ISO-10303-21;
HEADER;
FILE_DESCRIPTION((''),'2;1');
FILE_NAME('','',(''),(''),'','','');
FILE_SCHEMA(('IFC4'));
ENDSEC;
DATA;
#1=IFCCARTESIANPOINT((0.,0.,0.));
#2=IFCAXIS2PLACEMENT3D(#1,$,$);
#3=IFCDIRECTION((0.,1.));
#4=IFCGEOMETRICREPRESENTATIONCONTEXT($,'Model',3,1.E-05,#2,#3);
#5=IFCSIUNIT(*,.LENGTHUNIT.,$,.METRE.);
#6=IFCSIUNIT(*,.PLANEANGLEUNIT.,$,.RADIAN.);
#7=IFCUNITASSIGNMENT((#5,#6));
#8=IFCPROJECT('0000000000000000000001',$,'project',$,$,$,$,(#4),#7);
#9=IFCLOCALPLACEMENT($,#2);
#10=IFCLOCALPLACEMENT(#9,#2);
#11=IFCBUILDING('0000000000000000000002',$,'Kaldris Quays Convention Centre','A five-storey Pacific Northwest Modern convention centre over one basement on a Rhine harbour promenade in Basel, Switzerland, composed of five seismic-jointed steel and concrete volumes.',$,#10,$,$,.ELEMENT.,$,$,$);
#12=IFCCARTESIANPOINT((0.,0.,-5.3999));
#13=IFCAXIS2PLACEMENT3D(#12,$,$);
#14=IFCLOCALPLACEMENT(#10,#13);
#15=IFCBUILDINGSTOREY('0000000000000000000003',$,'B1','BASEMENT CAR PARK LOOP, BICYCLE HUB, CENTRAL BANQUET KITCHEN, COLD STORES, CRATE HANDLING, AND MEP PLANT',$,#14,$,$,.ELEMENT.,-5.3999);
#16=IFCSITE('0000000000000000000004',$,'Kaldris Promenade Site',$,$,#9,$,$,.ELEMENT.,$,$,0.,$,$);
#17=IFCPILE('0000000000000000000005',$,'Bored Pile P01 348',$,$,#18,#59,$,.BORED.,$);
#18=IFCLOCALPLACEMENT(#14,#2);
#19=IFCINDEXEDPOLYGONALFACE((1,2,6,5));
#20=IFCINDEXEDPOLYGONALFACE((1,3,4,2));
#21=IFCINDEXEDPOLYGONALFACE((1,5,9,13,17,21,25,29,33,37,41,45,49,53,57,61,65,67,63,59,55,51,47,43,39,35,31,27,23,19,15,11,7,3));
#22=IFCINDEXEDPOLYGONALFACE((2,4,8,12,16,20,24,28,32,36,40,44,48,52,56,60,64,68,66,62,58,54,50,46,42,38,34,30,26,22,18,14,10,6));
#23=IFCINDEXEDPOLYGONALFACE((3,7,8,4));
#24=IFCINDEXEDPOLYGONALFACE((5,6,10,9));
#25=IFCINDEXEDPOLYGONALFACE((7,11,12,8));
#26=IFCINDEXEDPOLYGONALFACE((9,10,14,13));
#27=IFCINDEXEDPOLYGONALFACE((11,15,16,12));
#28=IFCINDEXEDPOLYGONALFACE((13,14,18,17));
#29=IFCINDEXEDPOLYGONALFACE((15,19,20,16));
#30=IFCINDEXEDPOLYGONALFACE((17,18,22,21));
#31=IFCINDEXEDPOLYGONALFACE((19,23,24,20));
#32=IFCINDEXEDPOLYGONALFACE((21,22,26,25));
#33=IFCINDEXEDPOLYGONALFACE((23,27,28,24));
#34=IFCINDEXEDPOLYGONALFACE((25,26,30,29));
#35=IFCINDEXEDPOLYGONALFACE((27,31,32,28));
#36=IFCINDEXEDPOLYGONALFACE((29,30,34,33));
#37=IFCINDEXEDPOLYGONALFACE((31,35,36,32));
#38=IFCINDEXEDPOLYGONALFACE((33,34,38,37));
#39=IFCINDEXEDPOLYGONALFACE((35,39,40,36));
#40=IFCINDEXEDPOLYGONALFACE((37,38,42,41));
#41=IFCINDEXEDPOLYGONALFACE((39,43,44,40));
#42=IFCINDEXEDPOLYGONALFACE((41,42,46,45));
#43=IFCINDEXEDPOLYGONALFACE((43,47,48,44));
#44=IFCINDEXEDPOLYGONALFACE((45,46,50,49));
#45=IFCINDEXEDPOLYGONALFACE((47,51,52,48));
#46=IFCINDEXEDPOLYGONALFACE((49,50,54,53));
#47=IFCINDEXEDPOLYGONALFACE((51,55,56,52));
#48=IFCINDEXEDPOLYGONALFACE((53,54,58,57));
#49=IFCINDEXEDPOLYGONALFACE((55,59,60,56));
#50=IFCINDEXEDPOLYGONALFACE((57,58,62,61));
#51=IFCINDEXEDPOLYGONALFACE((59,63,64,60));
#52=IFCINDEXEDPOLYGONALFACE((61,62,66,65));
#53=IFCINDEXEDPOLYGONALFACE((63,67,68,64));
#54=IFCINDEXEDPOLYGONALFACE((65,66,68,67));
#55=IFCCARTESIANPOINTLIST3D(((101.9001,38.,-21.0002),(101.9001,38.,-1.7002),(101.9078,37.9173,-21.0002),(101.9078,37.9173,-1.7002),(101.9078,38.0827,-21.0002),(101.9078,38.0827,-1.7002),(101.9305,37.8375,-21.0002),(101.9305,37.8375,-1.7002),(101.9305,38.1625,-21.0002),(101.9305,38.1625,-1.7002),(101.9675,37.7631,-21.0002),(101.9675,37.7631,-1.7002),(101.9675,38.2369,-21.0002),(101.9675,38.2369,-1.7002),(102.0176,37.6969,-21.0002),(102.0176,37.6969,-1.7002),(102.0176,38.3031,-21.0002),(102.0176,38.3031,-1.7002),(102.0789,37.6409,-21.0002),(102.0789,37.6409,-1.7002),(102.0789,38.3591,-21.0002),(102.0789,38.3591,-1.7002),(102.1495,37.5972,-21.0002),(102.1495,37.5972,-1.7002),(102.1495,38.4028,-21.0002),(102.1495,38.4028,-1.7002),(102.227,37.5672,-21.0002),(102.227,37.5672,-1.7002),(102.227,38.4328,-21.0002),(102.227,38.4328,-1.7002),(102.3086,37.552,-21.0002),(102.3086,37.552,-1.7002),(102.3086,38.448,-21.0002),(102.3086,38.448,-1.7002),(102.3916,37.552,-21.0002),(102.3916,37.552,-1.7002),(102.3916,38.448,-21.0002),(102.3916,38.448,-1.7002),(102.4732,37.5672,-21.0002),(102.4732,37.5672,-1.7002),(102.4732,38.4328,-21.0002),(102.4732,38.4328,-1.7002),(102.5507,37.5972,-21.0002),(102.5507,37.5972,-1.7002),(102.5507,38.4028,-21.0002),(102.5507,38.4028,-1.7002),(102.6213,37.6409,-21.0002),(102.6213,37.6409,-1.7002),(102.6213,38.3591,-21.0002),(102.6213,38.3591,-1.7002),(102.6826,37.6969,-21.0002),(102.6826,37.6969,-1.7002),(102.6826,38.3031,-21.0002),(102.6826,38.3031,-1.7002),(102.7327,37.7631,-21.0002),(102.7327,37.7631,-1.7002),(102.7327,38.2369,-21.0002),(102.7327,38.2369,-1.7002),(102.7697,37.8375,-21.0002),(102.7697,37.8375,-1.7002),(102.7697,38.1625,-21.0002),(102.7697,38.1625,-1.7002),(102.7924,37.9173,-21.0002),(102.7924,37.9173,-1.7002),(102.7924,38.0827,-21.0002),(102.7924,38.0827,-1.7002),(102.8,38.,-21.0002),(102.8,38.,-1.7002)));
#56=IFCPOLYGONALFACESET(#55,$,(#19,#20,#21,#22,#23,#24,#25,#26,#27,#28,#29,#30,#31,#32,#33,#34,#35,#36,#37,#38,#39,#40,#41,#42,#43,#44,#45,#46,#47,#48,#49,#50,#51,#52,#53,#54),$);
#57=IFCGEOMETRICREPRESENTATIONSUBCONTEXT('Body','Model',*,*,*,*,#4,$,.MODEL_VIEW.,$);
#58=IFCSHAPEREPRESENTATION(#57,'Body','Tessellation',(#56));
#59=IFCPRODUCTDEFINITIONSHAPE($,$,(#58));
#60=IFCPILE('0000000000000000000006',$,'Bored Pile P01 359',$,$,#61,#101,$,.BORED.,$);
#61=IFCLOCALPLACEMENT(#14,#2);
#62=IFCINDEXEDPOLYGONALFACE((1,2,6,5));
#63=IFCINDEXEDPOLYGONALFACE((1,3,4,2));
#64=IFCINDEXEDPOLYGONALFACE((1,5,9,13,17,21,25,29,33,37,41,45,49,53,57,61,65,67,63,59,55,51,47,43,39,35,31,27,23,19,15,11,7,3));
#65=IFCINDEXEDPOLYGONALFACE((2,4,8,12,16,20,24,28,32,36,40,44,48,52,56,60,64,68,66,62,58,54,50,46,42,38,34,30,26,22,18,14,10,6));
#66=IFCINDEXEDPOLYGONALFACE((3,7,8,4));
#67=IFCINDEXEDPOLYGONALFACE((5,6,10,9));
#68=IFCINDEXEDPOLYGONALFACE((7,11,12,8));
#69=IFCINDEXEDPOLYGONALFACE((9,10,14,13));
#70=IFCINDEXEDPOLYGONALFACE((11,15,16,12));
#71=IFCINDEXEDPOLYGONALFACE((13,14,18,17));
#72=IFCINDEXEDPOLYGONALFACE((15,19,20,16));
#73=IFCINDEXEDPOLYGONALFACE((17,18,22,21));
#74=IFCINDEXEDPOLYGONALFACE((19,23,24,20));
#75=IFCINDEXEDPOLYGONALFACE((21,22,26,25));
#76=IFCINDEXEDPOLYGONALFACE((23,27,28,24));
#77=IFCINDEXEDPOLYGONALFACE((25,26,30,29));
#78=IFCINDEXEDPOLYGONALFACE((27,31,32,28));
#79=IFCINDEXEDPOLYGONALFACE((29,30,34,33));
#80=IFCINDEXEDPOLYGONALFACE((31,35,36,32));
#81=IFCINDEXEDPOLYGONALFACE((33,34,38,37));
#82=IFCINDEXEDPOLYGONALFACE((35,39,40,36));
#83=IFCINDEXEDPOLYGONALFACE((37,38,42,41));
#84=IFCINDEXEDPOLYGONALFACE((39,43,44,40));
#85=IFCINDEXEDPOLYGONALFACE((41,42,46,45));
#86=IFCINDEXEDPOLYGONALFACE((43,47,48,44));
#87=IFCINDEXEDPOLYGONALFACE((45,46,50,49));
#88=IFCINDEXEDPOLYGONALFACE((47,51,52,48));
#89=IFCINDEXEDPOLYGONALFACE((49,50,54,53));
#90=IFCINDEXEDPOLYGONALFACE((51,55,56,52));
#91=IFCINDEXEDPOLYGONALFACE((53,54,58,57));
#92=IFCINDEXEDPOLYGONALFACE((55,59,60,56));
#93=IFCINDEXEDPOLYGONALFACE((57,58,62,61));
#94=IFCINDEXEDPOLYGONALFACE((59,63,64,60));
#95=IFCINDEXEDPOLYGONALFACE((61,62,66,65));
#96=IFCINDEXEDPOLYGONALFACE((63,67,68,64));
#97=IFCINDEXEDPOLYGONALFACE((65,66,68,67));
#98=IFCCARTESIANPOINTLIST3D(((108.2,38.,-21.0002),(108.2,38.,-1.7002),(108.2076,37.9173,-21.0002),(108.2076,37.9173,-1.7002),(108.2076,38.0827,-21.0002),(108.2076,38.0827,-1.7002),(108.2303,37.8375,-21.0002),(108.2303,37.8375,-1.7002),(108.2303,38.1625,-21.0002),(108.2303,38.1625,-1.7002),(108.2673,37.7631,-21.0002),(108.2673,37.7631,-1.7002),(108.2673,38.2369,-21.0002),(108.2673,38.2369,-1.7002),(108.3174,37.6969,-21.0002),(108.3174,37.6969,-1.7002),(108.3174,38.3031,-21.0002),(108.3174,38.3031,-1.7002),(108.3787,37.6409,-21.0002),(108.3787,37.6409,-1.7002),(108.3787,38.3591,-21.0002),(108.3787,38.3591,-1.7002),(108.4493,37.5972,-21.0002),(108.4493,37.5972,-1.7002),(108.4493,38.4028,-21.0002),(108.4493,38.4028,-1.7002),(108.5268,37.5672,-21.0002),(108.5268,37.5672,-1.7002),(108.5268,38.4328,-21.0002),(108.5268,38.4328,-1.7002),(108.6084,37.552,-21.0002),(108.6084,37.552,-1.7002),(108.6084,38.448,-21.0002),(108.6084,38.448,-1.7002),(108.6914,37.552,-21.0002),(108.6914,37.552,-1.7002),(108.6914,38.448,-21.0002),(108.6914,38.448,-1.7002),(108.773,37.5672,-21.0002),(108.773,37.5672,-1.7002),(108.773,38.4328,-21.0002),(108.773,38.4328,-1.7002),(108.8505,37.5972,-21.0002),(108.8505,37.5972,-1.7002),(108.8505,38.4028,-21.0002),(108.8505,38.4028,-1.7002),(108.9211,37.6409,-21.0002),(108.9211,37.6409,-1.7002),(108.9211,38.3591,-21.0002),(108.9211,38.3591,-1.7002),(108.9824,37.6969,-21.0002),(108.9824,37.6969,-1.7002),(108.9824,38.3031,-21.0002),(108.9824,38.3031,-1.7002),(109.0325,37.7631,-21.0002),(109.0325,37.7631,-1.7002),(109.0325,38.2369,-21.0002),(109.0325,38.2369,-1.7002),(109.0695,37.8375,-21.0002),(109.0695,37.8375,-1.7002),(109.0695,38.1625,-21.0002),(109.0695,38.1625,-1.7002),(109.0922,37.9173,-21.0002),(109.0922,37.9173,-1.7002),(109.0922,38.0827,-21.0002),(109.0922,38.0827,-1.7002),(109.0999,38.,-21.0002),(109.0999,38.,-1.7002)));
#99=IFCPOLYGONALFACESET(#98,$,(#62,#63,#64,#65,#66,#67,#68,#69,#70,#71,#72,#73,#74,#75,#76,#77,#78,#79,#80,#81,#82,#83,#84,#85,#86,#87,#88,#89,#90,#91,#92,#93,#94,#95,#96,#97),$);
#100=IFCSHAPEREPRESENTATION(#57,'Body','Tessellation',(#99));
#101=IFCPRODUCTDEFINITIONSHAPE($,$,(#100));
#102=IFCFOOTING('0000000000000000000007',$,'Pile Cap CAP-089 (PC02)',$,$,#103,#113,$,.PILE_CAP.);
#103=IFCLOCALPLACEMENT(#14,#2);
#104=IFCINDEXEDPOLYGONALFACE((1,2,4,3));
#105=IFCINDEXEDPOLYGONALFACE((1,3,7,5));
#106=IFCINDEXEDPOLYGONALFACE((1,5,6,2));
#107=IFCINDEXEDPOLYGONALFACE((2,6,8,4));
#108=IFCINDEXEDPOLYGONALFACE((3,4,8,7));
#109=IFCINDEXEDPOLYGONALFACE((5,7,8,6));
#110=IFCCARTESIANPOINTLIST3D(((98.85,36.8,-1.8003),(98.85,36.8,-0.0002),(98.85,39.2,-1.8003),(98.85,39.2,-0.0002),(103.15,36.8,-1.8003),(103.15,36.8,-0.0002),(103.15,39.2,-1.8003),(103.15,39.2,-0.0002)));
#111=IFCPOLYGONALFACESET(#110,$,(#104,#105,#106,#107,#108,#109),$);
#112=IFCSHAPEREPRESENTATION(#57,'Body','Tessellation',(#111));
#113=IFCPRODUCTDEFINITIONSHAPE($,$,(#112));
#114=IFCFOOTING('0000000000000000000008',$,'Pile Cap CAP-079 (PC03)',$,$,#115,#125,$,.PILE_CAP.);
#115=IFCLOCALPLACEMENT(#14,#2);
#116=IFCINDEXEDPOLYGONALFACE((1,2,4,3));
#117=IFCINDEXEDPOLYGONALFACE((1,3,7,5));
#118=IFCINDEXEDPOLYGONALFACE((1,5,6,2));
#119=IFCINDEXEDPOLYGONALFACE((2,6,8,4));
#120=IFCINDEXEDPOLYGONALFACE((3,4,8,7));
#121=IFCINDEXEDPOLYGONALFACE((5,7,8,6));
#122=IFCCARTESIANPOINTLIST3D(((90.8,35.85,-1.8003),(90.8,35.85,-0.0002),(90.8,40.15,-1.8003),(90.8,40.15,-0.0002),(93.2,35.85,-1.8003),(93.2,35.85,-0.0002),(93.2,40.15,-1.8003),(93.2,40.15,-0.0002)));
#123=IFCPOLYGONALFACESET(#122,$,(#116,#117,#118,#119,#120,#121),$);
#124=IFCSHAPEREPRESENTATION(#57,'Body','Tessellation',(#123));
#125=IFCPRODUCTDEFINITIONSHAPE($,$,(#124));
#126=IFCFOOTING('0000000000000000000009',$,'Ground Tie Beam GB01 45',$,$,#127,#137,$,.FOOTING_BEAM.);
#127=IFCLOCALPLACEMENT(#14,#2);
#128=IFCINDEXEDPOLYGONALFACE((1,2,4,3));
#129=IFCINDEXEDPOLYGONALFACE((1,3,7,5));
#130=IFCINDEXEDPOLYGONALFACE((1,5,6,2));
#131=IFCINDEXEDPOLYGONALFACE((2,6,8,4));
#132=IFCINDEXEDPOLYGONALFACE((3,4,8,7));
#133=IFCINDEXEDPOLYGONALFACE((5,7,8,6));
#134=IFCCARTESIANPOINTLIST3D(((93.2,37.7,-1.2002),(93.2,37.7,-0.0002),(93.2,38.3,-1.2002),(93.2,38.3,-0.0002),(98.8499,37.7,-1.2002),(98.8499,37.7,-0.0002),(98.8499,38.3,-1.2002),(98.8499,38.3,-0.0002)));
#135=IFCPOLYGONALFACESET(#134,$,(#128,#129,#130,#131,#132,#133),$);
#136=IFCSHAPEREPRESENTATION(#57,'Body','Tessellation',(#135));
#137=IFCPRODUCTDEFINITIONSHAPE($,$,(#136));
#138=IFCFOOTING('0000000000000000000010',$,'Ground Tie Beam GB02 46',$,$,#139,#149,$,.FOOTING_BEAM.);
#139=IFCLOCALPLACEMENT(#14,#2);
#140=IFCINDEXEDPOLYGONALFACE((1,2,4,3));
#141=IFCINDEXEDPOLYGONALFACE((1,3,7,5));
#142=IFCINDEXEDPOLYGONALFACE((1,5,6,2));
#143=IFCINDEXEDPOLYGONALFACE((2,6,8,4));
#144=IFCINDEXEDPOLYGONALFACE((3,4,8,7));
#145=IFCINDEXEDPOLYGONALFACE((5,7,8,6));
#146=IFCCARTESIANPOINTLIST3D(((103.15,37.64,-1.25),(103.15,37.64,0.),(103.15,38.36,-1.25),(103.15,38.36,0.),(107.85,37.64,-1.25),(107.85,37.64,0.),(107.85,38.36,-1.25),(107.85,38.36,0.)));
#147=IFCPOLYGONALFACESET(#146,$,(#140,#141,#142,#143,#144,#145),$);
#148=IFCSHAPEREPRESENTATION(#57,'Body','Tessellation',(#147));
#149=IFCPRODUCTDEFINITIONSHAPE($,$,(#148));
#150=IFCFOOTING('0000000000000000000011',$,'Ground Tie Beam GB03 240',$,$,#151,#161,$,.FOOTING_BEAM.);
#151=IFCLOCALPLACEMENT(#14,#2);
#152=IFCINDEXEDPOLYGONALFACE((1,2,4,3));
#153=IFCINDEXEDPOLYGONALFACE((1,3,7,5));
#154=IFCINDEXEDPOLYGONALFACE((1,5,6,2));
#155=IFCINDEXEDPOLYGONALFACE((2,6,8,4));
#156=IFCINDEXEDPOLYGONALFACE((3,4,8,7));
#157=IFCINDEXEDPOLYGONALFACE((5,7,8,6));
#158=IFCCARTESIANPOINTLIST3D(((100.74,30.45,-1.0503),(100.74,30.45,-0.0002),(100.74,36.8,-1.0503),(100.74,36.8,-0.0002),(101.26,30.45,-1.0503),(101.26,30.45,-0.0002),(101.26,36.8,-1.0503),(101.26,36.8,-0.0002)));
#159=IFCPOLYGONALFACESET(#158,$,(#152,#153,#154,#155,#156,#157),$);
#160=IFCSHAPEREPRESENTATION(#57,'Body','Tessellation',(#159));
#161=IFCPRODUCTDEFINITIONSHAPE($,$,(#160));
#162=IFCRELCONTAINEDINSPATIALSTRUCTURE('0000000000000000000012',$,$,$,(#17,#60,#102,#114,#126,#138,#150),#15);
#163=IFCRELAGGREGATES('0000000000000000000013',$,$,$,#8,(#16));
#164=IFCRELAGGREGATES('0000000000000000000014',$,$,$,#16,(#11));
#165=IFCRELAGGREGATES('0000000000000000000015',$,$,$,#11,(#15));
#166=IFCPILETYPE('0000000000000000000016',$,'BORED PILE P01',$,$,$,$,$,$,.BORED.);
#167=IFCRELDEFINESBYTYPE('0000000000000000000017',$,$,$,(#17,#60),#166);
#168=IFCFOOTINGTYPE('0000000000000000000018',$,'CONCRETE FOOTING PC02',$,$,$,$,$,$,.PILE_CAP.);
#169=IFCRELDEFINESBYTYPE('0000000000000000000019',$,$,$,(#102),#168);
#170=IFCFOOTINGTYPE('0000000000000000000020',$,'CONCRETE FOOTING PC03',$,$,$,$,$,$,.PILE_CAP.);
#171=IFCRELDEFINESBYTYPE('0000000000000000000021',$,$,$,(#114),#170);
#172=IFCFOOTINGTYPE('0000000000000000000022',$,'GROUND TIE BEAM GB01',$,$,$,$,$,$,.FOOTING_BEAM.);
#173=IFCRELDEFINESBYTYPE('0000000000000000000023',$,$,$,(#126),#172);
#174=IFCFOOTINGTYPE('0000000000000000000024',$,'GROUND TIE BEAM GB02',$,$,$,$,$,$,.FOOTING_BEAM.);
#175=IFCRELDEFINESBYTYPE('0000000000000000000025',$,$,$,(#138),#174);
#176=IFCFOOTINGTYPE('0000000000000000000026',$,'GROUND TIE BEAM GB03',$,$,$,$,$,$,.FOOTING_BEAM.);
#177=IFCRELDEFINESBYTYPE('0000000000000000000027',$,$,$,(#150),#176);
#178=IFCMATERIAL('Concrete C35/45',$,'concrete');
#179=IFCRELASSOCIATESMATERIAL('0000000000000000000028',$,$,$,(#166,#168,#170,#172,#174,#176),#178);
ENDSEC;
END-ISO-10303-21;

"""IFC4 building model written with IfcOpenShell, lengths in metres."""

from ifc_helpers import new_model, si_unit, direction, frame, origin, origin_2d, place, context, subcontext, project, spatial, rectangle, circle, extrude, material, material_profile, profile_set, type_object, element, save


model = new_model("IFC4")

# Units and contexts
model_context = context("Model", 3, precision=1e-05, world=origin(), true_north=direction((0.0, 1.0)))
body_context = subcontext(model_context, "Body", "Model", "MODEL_VIEW")
ifc_project = project(units=[si_unit("LENGTHUNIT", "METRE"), si_unit("PLANEANGLEUNIT", "RADIAN")], contexts=[model_context])

# Site, building, storey
site_placement = place(None, origin())
site = spatial("IfcSite", under=ifc_project, at=site_placement, Name="Kaldris Promenade Site", CompositionType="ELEMENT", RefElevation=0.0)
building_placement = place(site_placement, origin())
building = spatial("IfcBuilding", under=site, at=building_placement, Name="Kaldris Quays Convention Centre", Description="A five-storey Pacific Northwest Modern convention centre over one basement on a Rhine harbour promenade in Basel, Switzerland, composed of five seismic-jointed steel and concrete volumes.", CompositionType="ELEMENT")
storey_placement = place(building_placement, frame((0.0, 0.0, -5.3999)))
storey = spatial("IfcBuildingStorey", under=building, at=storey_placement, Name="B1", Description="BASEMENT CAR PARK LOOP, BICYCLE HUB, CENTRAL BANQUET KITCHEN, COLD STORES, CRATE HANDLING, AND MEP PLANT", CompositionType="ELEMENT", Elevation=-5.3999)

# Piles
ifc_material_1 = material(Name="Concrete C35/45", Category="concrete")
ifc_material_profile_1 = material_profile(ifc_material_1, circle(Radius=0.45, at=origin_2d()), Name="BORED PILE D900")
ifc_profile_set_1 = profile_set([ifc_material_profile_1], Name="Concrete C35/45")
pile_type = type_object("IfcPileType", Name="BORED PILE P01", PredefinedType="BORED", material=ifc_profile_set_1)
for number, where, z_axis, x_axis, name in (
    (1, (102.3501, 38.0, -1.7002), (0.0, 0.0, -1.0), (1.0, 0.0, 0.0), "Bored Pile P01 348"),
    (2, (108.6499, 38.0, -1.7002), (0.0, 0.0, -1.0), (1.0, 0.0, 0.0), "Bored Pile P01 359"),
):
    element("IfcPile", number, at=place(storey_placement, frame(where, z_axis=z_axis, x_axis=x_axis)), inside=storey, type_object=pile_type, Name=name, PredefinedType="BORED", context=body_context, shape_type="SweptSolid", body=[
        extrude(circle(Radius=0.45, at=origin_2d()), origin(), (0.0, 0.0, 1.0), 19.3),
    ])

# Footings
footing_type_1 = type_object("IfcFootingType", Name="CONCRETE FOOTING PC02", PredefinedType="PILE_CAP", material=ifc_material_1)
footing_1_placement = place(storey_placement, frame((101.0, 38.0, -1.8003), z_axis=(0.0, 0.0, 1.0), x_axis=(1.0, 0.0, 0.0)))
element("IfcFooting", 3, at=footing_1_placement, inside=storey, type_object=footing_type_1, Name="Pile Cap CAP-089 (PC02)", PredefinedType="PILE_CAP", context=body_context, shape_type="SweptSolid", body=[
    extrude(rectangle(XDim=4.3, YDim=2.3999, at=origin_2d()), origin(), (0.0, 0.0, 1.0), 1.8),
])
footing_type_2 = type_object("IfcFootingType", Name="CONCRETE FOOTING PC03", PredefinedType="PILE_CAP", material=ifc_material_1)
footing_2_placement = place(storey_placement, frame((92.0, 38.0, -1.8003), z_axis=(0.0, 0.0, 1.0), x_axis=(1.0, 0.0, 0.0)))
element("IfcFooting", 4, at=footing_2_placement, inside=storey, type_object=footing_type_2, Name="Pile Cap CAP-079 (PC03)", PredefinedType="PILE_CAP", context=body_context, shape_type="SweptSolid", body=[
    extrude(rectangle(XDim=2.3999, YDim=4.3, at=origin_2d()), origin(), (0.0, 0.0, 1.0), 1.8),
])
footing_type_3 = type_object("IfcFootingType", Name="GROUND TIE BEAM GB01", PredefinedType="FOOTING_BEAM", material=ifc_material_1)
footing_3_placement = place(storey_placement, frame((96.0249, 38.0, -1.2002), z_axis=(0.0, 0.0, 1.0), x_axis=(1.0, 0.0, 0.0)))
element("IfcFooting", 5, at=footing_3_placement, inside=storey, type_object=footing_type_3, Name="Ground Tie Beam GB01 45", PredefinedType="FOOTING_BEAM", context=body_context, shape_type="SweptSolid", body=[
    extrude(rectangle(XDim=5.6499, YDim=0.6001, at=origin_2d()), origin(), (0.0, 0.0, 1.0), 1.2),
])
footing_type_4 = type_object("IfcFootingType", Name="GROUND TIE BEAM GB02", PredefinedType="FOOTING_BEAM", material=ifc_material_1)
footing_4_placement = place(storey_placement, frame((105.5, 38.0, -1.25), z_axis=(0.0, 0.0, 1.0), x_axis=(1.0, 0.0, 0.0)))
element("IfcFooting", 6, at=footing_4_placement, inside=storey, type_object=footing_type_4, Name="Ground Tie Beam GB02 46", PredefinedType="FOOTING_BEAM", context=body_context, shape_type="SweptSolid", body=[
    extrude(rectangle(XDim=4.7, YDim=0.72, at=origin_2d()), origin(), (0.0, 0.0, 1.0), 1.25),
])
footing_type_5 = type_object("IfcFootingType", Name="GROUND TIE BEAM GB03", PredefinedType="FOOTING_BEAM", material=ifc_material_1)
footing_5_placement = place(storey_placement, frame((101.0, 33.625, -1.0503), z_axis=(0.0, 0.0, 1.0), x_axis=(1.0, 0.0, 0.0)))
element("IfcFooting", 7, at=footing_5_placement, inside=storey, type_object=footing_type_5, Name="Ground Tie Beam GB03 240", PredefinedType="FOOTING_BEAM", context=body_context, shape_type="SweptSolid", body=[
    extrude(rectangle(XDim=0.52, YDim=6.3501, at=origin_2d()), origin(), (0.0, 0.0, 1.0), 1.05),
])

save(model, "model.ifc")
